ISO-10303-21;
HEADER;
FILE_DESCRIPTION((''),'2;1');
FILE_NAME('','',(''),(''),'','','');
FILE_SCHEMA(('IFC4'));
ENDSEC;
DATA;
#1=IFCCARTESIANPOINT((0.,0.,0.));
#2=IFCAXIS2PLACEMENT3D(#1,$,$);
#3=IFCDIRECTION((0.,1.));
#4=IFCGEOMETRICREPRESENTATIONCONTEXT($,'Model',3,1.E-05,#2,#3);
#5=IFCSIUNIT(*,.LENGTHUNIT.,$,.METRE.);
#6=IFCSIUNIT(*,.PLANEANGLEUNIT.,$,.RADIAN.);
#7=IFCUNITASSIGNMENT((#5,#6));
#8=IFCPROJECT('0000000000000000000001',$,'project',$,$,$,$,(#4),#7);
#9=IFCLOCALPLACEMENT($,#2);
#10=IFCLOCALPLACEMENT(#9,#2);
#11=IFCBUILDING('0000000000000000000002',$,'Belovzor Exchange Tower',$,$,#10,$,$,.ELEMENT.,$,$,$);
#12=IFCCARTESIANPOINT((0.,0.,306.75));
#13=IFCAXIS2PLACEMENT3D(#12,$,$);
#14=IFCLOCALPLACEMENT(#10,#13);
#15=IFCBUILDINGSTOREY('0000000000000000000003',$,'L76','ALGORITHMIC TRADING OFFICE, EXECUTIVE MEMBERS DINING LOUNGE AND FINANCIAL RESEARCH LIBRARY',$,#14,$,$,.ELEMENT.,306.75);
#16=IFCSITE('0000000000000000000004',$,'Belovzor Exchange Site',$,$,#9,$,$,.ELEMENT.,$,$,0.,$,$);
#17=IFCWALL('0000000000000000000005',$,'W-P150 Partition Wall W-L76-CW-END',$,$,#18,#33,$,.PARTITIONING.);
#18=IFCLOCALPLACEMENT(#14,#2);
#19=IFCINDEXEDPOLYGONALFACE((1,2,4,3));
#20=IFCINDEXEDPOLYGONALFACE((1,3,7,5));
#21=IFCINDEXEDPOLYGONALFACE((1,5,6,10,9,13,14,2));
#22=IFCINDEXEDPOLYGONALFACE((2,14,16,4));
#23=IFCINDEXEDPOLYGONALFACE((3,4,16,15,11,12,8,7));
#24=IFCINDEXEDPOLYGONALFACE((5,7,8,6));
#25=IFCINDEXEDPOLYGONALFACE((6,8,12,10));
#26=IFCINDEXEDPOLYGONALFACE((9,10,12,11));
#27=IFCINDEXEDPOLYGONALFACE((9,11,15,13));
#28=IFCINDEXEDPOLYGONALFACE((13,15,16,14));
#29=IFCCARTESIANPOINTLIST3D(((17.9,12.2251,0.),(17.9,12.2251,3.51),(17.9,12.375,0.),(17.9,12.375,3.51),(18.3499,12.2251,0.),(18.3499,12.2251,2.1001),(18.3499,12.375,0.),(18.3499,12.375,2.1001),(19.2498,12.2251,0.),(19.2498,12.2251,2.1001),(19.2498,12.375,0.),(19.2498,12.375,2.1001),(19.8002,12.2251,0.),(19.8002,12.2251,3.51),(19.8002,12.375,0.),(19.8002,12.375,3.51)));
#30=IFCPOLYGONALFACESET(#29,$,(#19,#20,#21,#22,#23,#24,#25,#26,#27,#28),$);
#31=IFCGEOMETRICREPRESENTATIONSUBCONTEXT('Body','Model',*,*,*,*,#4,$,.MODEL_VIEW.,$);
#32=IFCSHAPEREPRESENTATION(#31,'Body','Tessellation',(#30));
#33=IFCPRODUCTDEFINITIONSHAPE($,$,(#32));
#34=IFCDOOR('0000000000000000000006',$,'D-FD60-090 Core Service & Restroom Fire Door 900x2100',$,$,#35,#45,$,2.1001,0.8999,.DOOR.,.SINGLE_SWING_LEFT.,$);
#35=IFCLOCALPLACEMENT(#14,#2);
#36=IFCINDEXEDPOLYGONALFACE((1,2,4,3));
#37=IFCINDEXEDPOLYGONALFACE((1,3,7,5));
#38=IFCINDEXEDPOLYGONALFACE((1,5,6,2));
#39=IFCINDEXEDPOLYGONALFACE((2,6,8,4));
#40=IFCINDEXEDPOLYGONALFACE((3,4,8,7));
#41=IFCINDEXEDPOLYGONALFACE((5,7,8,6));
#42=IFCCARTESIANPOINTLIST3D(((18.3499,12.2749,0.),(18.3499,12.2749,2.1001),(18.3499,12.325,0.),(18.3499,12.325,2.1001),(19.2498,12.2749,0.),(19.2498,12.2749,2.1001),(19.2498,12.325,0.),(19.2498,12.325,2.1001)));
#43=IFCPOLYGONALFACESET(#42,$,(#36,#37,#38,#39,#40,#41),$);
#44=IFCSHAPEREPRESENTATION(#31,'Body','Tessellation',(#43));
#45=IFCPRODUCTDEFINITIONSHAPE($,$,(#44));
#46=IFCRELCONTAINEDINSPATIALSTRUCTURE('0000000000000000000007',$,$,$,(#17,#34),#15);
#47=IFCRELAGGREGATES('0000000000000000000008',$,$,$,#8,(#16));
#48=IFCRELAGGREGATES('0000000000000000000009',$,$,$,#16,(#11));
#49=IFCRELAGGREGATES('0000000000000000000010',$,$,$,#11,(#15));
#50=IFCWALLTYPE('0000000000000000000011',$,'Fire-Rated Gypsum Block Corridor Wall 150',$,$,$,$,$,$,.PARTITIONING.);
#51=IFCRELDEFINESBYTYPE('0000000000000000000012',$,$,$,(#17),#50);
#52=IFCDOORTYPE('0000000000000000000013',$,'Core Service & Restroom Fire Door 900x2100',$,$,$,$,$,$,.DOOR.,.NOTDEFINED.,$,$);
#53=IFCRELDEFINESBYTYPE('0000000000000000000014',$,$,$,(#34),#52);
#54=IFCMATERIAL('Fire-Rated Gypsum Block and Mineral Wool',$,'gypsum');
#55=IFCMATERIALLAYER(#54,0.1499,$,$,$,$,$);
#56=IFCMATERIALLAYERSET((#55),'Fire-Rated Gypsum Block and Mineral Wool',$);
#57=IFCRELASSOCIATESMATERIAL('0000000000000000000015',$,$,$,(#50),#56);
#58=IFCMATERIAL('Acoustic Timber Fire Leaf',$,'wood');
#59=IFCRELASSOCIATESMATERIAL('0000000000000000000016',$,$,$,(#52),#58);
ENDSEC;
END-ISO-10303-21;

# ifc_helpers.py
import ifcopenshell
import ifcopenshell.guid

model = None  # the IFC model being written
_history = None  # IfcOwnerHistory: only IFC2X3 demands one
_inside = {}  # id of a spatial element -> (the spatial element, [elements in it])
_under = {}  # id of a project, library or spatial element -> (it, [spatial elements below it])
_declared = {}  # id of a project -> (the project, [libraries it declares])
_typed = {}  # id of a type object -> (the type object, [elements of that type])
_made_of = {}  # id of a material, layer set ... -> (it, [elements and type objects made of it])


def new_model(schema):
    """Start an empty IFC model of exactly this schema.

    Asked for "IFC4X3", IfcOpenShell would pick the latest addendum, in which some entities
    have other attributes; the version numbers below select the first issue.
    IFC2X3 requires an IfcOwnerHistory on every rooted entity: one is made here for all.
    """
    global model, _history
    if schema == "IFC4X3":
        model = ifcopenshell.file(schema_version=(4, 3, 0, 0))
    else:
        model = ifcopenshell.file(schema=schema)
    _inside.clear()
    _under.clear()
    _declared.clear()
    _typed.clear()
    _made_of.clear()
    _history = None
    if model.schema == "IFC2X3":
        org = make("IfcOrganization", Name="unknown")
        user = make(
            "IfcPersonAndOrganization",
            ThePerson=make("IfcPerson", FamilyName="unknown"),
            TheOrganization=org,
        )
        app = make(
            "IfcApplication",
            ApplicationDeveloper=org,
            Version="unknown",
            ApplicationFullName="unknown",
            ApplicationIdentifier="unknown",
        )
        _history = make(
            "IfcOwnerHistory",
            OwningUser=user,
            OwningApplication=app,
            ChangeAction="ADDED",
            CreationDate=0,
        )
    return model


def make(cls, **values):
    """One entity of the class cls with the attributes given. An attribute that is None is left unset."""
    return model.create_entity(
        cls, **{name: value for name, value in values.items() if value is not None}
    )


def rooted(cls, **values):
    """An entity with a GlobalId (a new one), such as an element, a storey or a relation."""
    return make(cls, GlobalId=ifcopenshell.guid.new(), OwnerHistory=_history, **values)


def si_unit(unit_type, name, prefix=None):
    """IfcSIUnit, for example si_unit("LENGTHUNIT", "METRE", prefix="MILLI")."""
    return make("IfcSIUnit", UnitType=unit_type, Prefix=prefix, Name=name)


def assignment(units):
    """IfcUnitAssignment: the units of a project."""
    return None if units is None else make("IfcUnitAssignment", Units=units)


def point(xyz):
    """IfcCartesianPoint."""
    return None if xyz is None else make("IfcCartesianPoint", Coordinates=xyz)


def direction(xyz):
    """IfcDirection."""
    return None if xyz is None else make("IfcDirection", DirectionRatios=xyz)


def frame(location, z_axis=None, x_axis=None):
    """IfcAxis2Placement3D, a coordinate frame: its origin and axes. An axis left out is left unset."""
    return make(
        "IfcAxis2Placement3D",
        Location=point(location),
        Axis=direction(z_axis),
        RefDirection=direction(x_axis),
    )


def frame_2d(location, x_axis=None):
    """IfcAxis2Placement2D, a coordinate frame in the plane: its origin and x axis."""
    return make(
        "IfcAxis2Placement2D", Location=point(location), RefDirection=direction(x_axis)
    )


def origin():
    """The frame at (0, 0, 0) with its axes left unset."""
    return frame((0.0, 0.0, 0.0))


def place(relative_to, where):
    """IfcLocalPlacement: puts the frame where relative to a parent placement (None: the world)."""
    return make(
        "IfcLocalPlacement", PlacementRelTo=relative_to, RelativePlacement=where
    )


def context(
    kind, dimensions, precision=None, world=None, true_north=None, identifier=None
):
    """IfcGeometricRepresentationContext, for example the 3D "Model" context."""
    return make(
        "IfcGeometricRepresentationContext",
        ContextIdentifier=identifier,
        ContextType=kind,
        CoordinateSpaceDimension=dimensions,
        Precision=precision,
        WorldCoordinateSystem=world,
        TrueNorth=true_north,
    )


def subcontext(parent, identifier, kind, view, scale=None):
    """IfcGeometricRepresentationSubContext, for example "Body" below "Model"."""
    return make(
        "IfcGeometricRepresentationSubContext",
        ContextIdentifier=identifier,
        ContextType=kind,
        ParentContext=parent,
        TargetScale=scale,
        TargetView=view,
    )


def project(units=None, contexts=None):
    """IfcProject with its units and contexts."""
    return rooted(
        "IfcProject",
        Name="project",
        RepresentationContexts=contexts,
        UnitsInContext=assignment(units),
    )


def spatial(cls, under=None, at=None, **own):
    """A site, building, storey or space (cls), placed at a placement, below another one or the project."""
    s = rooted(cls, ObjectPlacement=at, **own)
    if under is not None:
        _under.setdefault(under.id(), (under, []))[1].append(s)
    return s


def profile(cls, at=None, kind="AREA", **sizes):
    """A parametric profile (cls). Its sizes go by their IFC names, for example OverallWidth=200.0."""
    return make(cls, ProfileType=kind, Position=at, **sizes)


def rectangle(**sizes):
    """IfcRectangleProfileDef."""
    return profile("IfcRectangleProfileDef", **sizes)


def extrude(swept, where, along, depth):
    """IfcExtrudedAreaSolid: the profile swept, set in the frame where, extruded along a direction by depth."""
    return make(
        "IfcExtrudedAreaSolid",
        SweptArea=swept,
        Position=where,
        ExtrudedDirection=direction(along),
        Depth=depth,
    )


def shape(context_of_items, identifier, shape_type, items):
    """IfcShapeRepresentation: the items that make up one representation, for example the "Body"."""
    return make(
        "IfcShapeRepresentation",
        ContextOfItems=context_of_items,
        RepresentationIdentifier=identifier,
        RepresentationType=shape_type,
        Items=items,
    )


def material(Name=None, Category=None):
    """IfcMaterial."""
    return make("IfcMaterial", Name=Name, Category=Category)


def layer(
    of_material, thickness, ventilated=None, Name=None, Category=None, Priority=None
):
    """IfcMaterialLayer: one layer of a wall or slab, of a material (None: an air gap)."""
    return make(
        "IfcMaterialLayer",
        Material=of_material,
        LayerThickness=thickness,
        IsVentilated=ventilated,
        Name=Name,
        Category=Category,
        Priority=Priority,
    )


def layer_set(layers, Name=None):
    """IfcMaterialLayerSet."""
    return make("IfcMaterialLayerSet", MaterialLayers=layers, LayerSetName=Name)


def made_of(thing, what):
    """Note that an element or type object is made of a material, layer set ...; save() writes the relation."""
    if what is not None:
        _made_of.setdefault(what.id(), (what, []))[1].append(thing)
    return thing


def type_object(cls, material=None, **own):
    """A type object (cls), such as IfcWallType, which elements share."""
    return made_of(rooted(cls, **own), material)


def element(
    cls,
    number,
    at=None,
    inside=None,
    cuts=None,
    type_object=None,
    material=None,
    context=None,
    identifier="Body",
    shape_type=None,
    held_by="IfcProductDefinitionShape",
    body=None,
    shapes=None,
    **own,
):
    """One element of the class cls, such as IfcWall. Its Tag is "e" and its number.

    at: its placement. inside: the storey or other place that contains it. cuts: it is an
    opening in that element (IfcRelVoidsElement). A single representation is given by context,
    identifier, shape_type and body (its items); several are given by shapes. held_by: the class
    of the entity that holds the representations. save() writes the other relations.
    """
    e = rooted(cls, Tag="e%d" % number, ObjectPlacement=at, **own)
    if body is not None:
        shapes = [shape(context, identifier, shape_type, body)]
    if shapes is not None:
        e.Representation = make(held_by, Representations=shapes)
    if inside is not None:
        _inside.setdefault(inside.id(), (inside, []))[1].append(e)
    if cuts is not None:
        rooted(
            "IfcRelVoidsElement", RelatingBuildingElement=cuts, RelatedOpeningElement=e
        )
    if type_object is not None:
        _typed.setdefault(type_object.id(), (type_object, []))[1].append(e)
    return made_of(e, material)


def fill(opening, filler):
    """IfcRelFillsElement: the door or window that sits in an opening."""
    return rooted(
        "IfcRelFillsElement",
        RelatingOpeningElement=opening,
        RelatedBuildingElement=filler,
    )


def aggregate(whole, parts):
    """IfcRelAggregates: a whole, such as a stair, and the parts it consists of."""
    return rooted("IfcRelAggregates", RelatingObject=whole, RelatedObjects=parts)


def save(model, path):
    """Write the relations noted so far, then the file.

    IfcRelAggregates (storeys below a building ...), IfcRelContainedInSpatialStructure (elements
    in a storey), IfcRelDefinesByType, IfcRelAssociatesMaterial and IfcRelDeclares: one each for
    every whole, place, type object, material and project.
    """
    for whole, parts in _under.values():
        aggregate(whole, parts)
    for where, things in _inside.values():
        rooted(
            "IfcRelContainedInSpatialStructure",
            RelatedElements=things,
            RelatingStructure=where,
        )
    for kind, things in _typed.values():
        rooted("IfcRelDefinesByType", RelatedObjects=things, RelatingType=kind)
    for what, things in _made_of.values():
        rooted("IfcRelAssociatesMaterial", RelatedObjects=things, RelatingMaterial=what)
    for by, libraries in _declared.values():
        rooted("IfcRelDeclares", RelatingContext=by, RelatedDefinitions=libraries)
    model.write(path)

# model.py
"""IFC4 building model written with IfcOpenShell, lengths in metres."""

from ifc_helpers import new_model, si_unit, direction, frame, frame_2d, origin, place, context, subcontext, project, spatial, rectangle, extrude, material, layer, layer_set, type_object, element, fill, save


model = new_model("IFC4")

# Units and contexts
model_context = context("Model", 3, precision=1e-05, world=origin(), true_north=direction((0.0, 1.0)))
body_context = subcontext(model_context, "Body", "Model", "MODEL_VIEW")
ifc_project = project(units=[si_unit("LENGTHUNIT", "METRE"), si_unit("PLANEANGLEUNIT", "RADIAN")], contexts=[model_context])

# Site, building, storey
site_placement = place(None, origin())
site = spatial("IfcSite", under=ifc_project, at=site_placement, Name="Belovzor Exchange Site", CompositionType="ELEMENT", RefElevation=0.0)
building_placement = place(site_placement, origin())
building = spatial("IfcBuilding", under=site, at=building_placement, Name="Belovzor Exchange Tower", CompositionType="ELEMENT")
storey_placement = place(building_placement, frame((0.0, 0.0, 306.75)))
storey = spatial("IfcBuildingStorey", under=building, at=storey_placement, Name="L76", Description="ALGORITHMIC TRADING OFFICE, EXECUTIVE MEMBERS DINING LOUNGE AND FINANCIAL RESEARCH LIBRARY", CompositionType="ELEMENT", Elevation=306.75)

# Wall, opening, door
ifc_material_1 = material(Name="Fire-Rated Gypsum Block and Mineral Wool", Category="gypsum")
ifc_layer_1 = layer(ifc_material_1, 0.1499)
ifc_layer_set_1 = layer_set([ifc_layer_1], Name="Fire-Rated Gypsum Block and Mineral Wool")
wall_type_1 = type_object("IfcWallType", Name="Fire-Rated Gypsum Block Corridor Wall 150", PredefinedType="PARTITIONING", material=ifc_layer_set_1)
wall_1_placement = place(storey_placement, frame((17.8999, 12.3, 0.0), z_axis=(0.0, 0.0, 1.0), x_axis=(1.0, 0.0, 0.0)))
wall_1 = element("IfcWall", 1, at=wall_1_placement, inside=storey, type_object=wall_type_1, Name="W-P150 Partition Wall W-L76-CW-END", PredefinedType="PARTITIONING", context=body_context, shape_type="SweptSolid", body=[
    extrude(rectangle(XDim=1.9001, YDim=0.1499, at=frame_2d((0.9502, 0.0))), origin(), (0.0, 0.0, 1.0), 3.51),
])
opening_1_placement = place(wall_1_placement, frame((0.45, 0.0, 0.0)))
opening_1 = element("IfcOpeningElement", 2, at=opening_1_placement, cuts=wall_1, PredefinedType="OPENING", context=body_context, shape_type="SweptSolid", body=[
    extrude(rectangle(XDim=0.8999, YDim=2.1001, at=frame_2d((0.45, 1.05))), frame((0.0, 0.085, 0.0), z_axis=(0.0, -1.0, 0.0), x_axis=(1.0, 0.0, 0.0)), (0.0, 0.0, 1.0), 0.1699),
])
ifc_material_2 = material(Name="Acoustic Timber Fire Leaf", Category="wood")
door_type_1 = type_object("IfcDoorType", Name="Core Service & Restroom Fire Door 900x2100", OperationType="NOTDEFINED", PredefinedType="DOOR", material=ifc_material_2)
door_1_placement = place(opening_1_placement, origin())
door_1 = element("IfcDoor", 3, at=door_1_placement, inside=storey, type_object=door_type_1, Name="D-FD60-090 Core Service & Restroom Fire Door 900x2100", OperationType="SINGLE_SWING_LEFT", OverallHeight=2.1001, OverallWidth=0.8999, PredefinedType="DOOR", context=body_context, shape_type="SweptSolid", body=[
    extrude(rectangle(XDim=0.8999, YDim=2.1001, at=frame_2d((0.45, 1.05))), frame((0.0, 0.0249, 0.0), z_axis=(0.0, -1.0, 0.0), x_axis=(1.0, 0.0, 0.0)), (0.0, 0.0, 1.0), 0.05),
])
fill(opening_1, door_1)

save(model, "model.ifc")
